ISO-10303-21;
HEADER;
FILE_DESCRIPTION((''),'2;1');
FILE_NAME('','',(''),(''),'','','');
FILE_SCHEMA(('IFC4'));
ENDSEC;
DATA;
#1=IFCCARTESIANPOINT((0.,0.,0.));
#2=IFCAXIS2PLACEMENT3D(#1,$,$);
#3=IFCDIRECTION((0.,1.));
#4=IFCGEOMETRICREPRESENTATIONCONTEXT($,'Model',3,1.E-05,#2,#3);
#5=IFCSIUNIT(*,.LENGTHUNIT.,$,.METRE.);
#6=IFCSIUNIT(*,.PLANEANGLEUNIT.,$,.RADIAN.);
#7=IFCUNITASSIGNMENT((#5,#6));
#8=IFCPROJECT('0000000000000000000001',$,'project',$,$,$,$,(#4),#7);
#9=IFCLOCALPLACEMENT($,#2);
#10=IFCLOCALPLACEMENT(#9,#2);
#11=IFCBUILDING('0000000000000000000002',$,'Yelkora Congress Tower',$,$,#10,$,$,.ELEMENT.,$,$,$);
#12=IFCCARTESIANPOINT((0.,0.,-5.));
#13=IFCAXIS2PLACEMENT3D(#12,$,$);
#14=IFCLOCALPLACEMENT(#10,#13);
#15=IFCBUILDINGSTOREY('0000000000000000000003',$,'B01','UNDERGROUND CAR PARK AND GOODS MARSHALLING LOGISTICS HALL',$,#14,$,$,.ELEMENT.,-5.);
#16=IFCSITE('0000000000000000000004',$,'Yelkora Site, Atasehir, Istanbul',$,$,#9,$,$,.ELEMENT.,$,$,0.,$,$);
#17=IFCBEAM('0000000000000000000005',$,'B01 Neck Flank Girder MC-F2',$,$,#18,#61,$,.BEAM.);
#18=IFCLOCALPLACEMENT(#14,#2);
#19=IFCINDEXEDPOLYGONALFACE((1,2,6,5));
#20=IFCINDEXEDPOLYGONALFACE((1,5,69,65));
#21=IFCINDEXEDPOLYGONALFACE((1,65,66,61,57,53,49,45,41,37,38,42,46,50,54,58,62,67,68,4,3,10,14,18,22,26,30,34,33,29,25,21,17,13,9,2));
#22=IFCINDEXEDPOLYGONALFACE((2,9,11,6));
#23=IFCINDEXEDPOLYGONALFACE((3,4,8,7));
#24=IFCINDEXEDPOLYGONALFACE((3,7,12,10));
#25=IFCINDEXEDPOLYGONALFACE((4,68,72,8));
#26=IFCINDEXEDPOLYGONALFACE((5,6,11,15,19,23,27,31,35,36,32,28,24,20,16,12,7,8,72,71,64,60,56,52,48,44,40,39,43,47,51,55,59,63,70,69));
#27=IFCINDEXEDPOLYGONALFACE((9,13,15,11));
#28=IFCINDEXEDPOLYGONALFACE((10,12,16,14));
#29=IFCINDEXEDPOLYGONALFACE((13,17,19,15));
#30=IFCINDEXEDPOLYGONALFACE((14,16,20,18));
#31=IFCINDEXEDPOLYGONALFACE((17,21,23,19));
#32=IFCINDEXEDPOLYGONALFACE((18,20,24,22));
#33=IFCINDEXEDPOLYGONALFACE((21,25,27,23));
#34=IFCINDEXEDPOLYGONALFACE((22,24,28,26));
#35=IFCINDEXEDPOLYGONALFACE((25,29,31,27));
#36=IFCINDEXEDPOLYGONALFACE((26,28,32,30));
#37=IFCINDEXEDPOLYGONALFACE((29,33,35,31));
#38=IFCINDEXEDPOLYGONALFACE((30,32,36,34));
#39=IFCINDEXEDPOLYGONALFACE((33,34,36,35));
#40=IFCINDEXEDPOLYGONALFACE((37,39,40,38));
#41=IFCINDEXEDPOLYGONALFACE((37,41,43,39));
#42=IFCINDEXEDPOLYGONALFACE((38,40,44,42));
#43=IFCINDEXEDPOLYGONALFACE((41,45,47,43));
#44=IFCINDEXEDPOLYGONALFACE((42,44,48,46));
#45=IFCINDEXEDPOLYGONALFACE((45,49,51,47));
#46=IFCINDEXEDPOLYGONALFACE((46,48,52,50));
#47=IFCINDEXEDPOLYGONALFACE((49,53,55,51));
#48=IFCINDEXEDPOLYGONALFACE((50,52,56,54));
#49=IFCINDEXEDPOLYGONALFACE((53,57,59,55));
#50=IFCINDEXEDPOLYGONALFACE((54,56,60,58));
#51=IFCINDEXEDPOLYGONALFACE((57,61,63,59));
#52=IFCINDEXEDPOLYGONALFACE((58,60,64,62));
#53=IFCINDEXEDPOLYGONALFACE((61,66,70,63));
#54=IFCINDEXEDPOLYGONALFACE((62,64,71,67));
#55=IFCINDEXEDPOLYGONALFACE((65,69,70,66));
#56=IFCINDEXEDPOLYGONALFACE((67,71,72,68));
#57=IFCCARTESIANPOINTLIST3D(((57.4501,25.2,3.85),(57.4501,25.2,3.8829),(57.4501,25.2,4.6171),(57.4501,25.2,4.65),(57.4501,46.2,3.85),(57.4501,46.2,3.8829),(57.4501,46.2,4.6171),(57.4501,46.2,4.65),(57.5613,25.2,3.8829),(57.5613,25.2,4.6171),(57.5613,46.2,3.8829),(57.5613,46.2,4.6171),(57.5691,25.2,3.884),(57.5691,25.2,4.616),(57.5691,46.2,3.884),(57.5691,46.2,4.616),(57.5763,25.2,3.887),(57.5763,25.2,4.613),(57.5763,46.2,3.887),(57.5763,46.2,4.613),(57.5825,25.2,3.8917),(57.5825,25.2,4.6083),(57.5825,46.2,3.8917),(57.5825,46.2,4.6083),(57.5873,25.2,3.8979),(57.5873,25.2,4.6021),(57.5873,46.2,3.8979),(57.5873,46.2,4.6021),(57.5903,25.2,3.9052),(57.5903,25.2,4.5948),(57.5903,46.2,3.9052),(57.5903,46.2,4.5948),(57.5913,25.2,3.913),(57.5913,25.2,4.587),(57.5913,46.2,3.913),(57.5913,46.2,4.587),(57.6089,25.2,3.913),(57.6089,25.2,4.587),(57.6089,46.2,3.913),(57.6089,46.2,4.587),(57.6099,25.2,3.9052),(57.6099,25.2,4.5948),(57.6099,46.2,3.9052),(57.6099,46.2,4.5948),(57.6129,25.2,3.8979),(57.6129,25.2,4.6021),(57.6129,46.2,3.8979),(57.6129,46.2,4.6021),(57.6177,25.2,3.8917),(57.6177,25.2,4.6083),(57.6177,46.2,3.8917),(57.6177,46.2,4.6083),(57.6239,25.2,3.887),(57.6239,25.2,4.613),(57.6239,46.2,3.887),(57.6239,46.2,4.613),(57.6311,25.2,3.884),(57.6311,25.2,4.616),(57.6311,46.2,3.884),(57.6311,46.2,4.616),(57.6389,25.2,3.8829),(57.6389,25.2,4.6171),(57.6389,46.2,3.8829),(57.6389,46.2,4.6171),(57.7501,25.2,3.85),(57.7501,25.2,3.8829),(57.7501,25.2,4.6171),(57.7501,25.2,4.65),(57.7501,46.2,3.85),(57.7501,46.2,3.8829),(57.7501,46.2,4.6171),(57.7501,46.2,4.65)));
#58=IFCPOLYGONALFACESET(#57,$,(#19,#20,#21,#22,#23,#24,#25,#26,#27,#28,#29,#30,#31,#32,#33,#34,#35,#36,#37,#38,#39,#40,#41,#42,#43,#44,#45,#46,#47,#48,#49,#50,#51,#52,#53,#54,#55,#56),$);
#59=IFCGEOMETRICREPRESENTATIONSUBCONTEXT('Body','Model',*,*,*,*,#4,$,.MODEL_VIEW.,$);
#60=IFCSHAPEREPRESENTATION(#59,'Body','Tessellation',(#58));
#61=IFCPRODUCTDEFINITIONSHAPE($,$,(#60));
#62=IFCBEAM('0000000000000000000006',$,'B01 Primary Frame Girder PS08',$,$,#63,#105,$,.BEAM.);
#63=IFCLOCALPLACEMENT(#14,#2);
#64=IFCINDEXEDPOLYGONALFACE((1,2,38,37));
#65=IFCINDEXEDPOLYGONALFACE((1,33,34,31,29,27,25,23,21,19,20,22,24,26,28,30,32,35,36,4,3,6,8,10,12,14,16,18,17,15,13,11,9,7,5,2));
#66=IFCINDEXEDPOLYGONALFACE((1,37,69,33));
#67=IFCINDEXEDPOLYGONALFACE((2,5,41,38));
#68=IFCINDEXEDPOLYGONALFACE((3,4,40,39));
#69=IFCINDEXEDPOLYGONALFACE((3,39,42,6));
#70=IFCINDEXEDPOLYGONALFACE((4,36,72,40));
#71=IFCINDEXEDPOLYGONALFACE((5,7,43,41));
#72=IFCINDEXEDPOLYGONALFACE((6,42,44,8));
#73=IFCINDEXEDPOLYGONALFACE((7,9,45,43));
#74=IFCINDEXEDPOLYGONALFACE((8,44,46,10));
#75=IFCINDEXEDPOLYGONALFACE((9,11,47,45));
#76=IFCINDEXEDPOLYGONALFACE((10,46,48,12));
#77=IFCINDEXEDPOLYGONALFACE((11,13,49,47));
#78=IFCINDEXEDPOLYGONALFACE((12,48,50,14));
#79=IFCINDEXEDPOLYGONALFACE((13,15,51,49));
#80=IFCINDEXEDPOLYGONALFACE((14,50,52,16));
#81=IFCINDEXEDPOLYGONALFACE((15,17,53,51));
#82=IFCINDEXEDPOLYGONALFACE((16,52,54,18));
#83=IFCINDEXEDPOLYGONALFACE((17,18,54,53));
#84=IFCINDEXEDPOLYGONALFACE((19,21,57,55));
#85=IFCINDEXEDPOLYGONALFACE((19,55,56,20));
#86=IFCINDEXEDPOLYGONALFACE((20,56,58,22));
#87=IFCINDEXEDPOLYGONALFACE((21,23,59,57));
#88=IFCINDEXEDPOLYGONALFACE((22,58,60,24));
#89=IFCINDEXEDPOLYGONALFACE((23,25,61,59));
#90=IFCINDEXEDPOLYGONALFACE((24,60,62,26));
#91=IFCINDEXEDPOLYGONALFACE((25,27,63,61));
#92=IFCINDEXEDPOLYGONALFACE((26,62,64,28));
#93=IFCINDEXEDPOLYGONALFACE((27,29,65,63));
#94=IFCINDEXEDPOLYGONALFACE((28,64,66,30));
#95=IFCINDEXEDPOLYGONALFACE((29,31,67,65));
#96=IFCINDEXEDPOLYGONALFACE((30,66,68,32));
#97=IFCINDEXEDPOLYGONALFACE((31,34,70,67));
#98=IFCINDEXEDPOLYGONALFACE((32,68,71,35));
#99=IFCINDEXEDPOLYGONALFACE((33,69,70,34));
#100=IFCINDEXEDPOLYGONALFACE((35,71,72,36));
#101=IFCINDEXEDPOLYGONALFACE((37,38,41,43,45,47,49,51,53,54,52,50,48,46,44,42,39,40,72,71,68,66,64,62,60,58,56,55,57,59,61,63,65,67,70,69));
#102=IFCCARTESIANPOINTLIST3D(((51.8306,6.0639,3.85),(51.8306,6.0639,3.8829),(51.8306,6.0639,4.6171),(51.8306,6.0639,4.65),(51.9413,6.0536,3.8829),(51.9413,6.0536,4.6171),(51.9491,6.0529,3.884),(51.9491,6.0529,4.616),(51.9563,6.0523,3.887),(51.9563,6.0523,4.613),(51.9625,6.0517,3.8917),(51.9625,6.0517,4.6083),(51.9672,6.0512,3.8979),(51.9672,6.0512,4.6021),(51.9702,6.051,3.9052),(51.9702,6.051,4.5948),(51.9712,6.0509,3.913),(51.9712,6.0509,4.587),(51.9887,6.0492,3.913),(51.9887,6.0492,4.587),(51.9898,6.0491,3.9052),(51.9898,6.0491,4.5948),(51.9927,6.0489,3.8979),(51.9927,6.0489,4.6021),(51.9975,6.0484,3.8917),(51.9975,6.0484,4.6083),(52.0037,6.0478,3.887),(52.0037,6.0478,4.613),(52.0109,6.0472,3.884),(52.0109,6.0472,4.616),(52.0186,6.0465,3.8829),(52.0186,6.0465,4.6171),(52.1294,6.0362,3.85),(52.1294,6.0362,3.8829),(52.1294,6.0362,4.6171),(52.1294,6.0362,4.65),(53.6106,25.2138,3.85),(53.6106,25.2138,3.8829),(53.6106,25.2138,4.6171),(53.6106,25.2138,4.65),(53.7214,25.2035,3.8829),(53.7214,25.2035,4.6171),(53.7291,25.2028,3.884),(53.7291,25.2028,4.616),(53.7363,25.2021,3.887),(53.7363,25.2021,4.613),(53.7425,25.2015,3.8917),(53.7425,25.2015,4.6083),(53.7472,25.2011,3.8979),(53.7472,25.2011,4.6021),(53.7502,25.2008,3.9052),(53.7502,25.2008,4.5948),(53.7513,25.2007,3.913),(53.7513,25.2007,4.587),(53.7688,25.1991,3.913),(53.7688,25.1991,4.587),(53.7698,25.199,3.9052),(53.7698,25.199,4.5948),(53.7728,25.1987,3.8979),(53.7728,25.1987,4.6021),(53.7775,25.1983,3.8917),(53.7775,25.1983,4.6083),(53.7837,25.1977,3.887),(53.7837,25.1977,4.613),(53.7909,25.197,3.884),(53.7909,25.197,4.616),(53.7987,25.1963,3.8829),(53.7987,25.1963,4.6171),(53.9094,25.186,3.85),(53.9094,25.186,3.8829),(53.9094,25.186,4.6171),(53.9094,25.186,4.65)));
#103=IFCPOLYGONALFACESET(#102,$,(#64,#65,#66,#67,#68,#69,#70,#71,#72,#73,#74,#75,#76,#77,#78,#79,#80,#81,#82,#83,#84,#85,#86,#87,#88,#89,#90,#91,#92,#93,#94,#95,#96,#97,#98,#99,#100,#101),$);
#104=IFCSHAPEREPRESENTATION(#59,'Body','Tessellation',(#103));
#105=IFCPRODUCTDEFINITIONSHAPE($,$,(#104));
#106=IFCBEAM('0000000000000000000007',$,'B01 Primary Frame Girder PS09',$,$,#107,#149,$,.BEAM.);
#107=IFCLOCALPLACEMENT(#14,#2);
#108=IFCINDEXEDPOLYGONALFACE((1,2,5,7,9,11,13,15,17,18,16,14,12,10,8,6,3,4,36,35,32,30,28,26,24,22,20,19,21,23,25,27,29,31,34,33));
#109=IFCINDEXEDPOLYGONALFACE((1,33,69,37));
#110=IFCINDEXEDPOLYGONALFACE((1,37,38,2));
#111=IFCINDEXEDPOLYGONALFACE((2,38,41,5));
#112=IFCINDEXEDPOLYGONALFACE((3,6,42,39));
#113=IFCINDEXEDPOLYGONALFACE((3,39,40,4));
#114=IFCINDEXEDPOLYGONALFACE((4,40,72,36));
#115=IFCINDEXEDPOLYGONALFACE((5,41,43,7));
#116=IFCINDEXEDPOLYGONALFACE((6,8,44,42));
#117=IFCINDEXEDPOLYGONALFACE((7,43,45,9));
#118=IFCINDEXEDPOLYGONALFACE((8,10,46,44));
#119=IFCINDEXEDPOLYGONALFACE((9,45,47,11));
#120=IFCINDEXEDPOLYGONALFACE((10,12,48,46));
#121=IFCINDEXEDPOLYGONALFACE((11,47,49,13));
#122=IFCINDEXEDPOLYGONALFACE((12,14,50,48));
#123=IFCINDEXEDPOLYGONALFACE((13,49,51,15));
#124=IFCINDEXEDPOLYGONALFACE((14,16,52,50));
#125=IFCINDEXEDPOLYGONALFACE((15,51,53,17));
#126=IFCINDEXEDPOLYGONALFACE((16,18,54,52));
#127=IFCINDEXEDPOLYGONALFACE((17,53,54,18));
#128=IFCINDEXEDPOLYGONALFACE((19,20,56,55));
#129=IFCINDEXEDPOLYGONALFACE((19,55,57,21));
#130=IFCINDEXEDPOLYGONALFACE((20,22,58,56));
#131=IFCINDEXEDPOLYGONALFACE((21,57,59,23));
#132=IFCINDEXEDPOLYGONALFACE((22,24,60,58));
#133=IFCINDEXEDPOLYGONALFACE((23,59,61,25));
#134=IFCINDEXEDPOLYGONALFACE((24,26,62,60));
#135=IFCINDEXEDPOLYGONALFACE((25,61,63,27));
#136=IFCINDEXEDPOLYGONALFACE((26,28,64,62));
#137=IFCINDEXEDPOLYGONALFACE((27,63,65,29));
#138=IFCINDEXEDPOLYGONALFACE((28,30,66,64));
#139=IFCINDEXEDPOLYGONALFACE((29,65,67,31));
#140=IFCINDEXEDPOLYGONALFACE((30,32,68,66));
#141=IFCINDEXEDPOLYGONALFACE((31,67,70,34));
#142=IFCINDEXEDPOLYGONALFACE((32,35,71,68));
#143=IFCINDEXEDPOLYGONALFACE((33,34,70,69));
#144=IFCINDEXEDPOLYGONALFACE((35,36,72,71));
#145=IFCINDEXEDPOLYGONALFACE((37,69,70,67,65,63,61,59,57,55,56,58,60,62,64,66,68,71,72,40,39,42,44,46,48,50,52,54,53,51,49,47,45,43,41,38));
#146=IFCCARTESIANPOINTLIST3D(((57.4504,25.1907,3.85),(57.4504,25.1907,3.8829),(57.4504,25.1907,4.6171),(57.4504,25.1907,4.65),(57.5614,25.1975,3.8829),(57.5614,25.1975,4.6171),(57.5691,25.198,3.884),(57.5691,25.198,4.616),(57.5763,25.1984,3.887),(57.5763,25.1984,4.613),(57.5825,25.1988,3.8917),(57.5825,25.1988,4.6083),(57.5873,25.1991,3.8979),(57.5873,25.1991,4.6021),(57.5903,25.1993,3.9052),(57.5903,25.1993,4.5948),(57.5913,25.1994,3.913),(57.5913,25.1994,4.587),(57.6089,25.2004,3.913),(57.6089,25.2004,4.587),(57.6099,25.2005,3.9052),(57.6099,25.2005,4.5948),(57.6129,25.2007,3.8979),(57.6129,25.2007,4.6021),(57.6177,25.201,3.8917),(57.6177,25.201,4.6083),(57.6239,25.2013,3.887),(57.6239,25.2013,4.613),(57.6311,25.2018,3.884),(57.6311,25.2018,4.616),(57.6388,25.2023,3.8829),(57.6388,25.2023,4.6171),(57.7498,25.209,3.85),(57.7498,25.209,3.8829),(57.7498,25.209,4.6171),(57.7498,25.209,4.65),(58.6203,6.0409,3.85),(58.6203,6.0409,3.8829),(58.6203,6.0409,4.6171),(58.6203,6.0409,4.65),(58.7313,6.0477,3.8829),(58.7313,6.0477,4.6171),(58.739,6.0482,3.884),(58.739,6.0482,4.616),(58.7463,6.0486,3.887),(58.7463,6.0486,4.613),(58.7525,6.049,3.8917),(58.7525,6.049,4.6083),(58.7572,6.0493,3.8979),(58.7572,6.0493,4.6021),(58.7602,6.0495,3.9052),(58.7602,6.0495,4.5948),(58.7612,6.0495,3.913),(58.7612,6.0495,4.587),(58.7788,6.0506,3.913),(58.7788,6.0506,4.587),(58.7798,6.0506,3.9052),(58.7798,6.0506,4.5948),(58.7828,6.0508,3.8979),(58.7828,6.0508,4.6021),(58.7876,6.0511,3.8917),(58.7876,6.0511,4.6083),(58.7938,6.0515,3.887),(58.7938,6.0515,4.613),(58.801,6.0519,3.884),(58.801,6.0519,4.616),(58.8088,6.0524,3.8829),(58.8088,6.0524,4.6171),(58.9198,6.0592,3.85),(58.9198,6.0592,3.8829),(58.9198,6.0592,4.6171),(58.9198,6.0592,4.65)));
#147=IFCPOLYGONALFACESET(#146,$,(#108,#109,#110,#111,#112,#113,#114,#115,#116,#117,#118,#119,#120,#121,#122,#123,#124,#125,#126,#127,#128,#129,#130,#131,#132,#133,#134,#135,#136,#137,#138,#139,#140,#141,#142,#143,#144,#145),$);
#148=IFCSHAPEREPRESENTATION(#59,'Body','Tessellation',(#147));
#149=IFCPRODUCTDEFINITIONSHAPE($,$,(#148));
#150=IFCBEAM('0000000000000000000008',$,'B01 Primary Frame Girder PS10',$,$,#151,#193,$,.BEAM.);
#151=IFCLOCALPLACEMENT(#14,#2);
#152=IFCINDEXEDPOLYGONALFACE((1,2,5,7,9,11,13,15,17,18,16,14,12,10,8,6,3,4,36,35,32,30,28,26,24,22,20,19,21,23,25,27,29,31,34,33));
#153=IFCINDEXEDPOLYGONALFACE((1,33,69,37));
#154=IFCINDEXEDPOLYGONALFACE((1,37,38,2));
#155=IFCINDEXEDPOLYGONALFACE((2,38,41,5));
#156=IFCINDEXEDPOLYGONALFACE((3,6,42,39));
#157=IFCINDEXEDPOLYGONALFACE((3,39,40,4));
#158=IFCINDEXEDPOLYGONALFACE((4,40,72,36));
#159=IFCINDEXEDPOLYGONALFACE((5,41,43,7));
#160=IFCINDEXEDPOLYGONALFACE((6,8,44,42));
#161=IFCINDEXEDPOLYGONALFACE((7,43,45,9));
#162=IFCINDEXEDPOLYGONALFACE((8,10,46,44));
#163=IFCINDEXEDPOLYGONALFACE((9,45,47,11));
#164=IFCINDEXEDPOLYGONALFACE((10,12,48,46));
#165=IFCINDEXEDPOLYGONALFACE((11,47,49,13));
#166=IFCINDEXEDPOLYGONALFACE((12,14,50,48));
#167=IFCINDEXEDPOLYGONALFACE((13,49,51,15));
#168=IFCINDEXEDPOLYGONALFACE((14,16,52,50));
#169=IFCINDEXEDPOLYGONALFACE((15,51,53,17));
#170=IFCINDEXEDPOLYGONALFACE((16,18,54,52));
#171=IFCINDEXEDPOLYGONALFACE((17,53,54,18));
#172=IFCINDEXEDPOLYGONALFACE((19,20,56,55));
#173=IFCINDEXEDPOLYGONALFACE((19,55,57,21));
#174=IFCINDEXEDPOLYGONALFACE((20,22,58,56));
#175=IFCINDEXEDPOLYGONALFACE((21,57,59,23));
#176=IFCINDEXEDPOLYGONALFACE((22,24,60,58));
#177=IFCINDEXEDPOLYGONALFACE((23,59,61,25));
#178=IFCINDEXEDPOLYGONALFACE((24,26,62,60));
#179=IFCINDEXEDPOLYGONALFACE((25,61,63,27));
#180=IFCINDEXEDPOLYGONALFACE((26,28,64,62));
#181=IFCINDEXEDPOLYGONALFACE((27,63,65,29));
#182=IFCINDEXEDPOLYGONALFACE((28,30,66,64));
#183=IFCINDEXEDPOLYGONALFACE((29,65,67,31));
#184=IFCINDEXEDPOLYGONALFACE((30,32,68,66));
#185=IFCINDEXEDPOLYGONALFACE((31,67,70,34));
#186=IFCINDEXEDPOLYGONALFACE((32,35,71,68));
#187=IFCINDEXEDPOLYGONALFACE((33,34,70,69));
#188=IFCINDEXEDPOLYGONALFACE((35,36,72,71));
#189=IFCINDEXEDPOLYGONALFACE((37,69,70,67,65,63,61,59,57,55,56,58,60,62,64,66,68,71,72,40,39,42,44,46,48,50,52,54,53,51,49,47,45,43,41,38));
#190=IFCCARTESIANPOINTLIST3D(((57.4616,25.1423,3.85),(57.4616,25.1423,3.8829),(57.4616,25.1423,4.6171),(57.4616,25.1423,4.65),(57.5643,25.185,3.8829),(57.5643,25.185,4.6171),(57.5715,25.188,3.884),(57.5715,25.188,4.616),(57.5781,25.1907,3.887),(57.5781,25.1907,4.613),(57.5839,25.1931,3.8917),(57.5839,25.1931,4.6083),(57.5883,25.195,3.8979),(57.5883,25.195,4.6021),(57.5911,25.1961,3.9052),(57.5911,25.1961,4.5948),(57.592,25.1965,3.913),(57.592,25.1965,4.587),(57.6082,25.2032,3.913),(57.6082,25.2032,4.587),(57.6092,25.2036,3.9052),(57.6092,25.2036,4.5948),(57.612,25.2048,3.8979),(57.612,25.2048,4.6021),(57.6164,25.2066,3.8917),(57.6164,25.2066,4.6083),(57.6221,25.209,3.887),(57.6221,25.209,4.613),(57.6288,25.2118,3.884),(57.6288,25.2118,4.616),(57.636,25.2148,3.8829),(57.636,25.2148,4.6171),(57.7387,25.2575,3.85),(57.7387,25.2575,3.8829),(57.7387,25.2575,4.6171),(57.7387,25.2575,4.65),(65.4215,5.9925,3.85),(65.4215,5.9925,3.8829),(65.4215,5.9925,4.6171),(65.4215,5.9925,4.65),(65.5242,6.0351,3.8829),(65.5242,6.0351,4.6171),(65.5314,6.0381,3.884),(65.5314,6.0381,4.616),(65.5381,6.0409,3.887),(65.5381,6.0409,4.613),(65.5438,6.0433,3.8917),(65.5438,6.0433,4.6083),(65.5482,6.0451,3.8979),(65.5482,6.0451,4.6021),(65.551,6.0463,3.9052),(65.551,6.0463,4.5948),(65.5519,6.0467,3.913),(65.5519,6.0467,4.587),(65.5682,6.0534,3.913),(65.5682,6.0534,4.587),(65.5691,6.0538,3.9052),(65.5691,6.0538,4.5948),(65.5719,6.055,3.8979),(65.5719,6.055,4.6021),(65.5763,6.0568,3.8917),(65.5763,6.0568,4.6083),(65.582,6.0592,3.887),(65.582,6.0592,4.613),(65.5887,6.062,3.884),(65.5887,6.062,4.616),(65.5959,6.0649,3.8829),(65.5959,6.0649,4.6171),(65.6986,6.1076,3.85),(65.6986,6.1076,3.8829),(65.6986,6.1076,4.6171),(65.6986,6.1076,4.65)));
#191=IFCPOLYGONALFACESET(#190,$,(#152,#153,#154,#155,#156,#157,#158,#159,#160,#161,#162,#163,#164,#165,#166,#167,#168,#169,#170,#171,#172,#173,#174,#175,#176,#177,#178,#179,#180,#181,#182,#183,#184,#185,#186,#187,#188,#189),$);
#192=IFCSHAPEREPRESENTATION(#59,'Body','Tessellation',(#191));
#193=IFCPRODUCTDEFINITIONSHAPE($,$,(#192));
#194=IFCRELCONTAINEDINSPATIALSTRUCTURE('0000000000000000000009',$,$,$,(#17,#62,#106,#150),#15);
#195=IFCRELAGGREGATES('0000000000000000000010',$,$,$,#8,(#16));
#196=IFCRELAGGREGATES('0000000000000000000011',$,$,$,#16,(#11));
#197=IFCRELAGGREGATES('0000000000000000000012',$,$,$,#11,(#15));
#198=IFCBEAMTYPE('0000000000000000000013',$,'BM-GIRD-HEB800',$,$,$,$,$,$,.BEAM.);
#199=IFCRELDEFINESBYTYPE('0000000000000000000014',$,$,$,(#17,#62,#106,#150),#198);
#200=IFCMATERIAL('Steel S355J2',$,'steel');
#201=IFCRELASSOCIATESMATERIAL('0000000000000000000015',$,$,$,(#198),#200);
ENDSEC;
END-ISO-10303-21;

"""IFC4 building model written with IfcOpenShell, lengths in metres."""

from ifc_helpers import new_model, si_unit, direction, frame, origin, origin_2d, place, context, subcontext, project, spatial, i_section, extrude, material, material_profile, profile_set, type_object, element, save


model = new_model("IFC4")

# Units and contexts
model_context = context("Model", 3, precision=1e-05, world=origin(), true_north=direction((0.0, 1.0)))
body_context = subcontext(model_context, "Body", "Model", "MODEL_VIEW")
ifc_project = project(units=[si_unit("LENGTHUNIT", "METRE"), si_unit("PLANEANGLEUNIT", "RADIAN")], contexts=[model_context])

# Site, building, storey
site_placement = place(None, origin())
site = spatial("IfcSite", under=ifc_project, at=site_placement, Name="Yelkora Site, Atasehir, Istanbul", CompositionType="ELEMENT", RefElevation=0.0)
building_placement = place(site_placement, origin())
building = spatial("IfcBuilding", under=site, at=building_placement, Name="Yelkora Congress Tower", CompositionType="ELEMENT")
storey_placement = place(building_placement, frame((0.0, 0.0, -5.0)))
storey = spatial("IfcBuildingStorey", under=building, at=storey_placement, Name="B01", Description="UNDERGROUND CAR PARK AND GOODS MARSHALLING LOGISTICS HALL", CompositionType="ELEMENT", Elevation=-5.0)

# Beams
ifc_material_1 = material(Name="Steel S355J2", Category="steel")
ifc_material_profile_1 = material_profile(ifc_material_1, i_section(OverallWidth=0.3, OverallDepth=0.8, WebThickness=0.0176, FlangeThickness=0.033, FilletRadius=0.03, at=origin_2d()), Name="HEB 800")
ifc_profile_set_1 = profile_set([ifc_material_profile_1], Name="Steel S355J2")
beam_type_1 = type_object("IfcBeamType", Name="BM-GIRD-HEB800", PredefinedType="BEAM", material=ifc_profile_set_1)
beam_1_placement = place(storey_placement, frame((57.6001, 25.2, 4.25), z_axis=(0.0, 1.0, 0.0), x_axis=(-1.0, 0.0, 0.0)))
element("IfcBeam", 1, at=beam_1_placement, inside=storey, type_object=beam_type_1, Name="B01 Neck Flank Girder MC-F2", PredefinedType="BEAM", context=body_context, shape_type="SweptSolid", body=[
    extrude(i_section(OverallWidth=0.3, OverallDepth=0.8, WebThickness=0.0176, FlangeThickness=0.033, FilletRadius=0.03, at=origin_2d()), origin(), (0.0, 0.0, 1.0), 21.0),
])
beam_2_placement = place(storey_placement, frame((51.98, 6.05, 4.25), z_axis=(0.092553, 0.995708, 0.0), x_axis=(-0.995708, 0.092553, 0.0)))
element("IfcBeam", 2, at=beam_2_placement, inside=storey, type_object=beam_type_1, Name="B01 Primary Frame Girder PS08", PredefinedType="BEAM", context=body_context, shape_type="SweptSolid", body=[
    extrude(i_section(OverallWidth=0.3, OverallDepth=0.8, WebThickness=0.0176, FlangeThickness=0.033, FilletRadius=0.03, at=origin_2d()), origin(), (0.0, 0.0, 1.0), 19.2324),
])
beam_3_placement = place(storey_placement, frame((58.77, 6.05, 4.25), z_axis=(-0.060979, 0.998139, 0.0), x_axis=(-0.998139, -0.060979, 0.0)))
element("IfcBeam", 3, at=beam_3_placement, inside=storey, type_object=beam_type_1, Name="B01 Primary Frame Girder PS09", PredefinedType="BEAM", context=body_context, shape_type="SweptSolid", body=[
    extrude(i_section(OverallWidth=0.3, OverallDepth=0.8, WebThickness=0.0176, FlangeThickness=0.033, FilletRadius=0.03, at=origin_2d()), origin(), (0.0, 0.0, 1.0), 19.1855),
])
beam_4_placement = place(storey_placement, frame((65.5601, 6.05, 4.25), z_axis=(-0.383828, 0.923405, 0.0), x_axis=(-0.923405, -0.383828, 0.0)))
element("IfcBeam", 4, at=beam_4_placement, inside=storey, type_object=beam_type_1, Name="B01 Primary Frame Girder PS10", PredefinedType="BEAM", context=body_context, shape_type="SweptSolid", body=[
    extrude(i_section(OverallWidth=0.3, OverallDepth=0.8, WebThickness=0.0176, FlangeThickness=0.033, FilletRadius=0.03, at=origin_2d()), origin(), (0.0, 0.0, 1.0), 20.7383),
])

save(model, "model.ifc")
